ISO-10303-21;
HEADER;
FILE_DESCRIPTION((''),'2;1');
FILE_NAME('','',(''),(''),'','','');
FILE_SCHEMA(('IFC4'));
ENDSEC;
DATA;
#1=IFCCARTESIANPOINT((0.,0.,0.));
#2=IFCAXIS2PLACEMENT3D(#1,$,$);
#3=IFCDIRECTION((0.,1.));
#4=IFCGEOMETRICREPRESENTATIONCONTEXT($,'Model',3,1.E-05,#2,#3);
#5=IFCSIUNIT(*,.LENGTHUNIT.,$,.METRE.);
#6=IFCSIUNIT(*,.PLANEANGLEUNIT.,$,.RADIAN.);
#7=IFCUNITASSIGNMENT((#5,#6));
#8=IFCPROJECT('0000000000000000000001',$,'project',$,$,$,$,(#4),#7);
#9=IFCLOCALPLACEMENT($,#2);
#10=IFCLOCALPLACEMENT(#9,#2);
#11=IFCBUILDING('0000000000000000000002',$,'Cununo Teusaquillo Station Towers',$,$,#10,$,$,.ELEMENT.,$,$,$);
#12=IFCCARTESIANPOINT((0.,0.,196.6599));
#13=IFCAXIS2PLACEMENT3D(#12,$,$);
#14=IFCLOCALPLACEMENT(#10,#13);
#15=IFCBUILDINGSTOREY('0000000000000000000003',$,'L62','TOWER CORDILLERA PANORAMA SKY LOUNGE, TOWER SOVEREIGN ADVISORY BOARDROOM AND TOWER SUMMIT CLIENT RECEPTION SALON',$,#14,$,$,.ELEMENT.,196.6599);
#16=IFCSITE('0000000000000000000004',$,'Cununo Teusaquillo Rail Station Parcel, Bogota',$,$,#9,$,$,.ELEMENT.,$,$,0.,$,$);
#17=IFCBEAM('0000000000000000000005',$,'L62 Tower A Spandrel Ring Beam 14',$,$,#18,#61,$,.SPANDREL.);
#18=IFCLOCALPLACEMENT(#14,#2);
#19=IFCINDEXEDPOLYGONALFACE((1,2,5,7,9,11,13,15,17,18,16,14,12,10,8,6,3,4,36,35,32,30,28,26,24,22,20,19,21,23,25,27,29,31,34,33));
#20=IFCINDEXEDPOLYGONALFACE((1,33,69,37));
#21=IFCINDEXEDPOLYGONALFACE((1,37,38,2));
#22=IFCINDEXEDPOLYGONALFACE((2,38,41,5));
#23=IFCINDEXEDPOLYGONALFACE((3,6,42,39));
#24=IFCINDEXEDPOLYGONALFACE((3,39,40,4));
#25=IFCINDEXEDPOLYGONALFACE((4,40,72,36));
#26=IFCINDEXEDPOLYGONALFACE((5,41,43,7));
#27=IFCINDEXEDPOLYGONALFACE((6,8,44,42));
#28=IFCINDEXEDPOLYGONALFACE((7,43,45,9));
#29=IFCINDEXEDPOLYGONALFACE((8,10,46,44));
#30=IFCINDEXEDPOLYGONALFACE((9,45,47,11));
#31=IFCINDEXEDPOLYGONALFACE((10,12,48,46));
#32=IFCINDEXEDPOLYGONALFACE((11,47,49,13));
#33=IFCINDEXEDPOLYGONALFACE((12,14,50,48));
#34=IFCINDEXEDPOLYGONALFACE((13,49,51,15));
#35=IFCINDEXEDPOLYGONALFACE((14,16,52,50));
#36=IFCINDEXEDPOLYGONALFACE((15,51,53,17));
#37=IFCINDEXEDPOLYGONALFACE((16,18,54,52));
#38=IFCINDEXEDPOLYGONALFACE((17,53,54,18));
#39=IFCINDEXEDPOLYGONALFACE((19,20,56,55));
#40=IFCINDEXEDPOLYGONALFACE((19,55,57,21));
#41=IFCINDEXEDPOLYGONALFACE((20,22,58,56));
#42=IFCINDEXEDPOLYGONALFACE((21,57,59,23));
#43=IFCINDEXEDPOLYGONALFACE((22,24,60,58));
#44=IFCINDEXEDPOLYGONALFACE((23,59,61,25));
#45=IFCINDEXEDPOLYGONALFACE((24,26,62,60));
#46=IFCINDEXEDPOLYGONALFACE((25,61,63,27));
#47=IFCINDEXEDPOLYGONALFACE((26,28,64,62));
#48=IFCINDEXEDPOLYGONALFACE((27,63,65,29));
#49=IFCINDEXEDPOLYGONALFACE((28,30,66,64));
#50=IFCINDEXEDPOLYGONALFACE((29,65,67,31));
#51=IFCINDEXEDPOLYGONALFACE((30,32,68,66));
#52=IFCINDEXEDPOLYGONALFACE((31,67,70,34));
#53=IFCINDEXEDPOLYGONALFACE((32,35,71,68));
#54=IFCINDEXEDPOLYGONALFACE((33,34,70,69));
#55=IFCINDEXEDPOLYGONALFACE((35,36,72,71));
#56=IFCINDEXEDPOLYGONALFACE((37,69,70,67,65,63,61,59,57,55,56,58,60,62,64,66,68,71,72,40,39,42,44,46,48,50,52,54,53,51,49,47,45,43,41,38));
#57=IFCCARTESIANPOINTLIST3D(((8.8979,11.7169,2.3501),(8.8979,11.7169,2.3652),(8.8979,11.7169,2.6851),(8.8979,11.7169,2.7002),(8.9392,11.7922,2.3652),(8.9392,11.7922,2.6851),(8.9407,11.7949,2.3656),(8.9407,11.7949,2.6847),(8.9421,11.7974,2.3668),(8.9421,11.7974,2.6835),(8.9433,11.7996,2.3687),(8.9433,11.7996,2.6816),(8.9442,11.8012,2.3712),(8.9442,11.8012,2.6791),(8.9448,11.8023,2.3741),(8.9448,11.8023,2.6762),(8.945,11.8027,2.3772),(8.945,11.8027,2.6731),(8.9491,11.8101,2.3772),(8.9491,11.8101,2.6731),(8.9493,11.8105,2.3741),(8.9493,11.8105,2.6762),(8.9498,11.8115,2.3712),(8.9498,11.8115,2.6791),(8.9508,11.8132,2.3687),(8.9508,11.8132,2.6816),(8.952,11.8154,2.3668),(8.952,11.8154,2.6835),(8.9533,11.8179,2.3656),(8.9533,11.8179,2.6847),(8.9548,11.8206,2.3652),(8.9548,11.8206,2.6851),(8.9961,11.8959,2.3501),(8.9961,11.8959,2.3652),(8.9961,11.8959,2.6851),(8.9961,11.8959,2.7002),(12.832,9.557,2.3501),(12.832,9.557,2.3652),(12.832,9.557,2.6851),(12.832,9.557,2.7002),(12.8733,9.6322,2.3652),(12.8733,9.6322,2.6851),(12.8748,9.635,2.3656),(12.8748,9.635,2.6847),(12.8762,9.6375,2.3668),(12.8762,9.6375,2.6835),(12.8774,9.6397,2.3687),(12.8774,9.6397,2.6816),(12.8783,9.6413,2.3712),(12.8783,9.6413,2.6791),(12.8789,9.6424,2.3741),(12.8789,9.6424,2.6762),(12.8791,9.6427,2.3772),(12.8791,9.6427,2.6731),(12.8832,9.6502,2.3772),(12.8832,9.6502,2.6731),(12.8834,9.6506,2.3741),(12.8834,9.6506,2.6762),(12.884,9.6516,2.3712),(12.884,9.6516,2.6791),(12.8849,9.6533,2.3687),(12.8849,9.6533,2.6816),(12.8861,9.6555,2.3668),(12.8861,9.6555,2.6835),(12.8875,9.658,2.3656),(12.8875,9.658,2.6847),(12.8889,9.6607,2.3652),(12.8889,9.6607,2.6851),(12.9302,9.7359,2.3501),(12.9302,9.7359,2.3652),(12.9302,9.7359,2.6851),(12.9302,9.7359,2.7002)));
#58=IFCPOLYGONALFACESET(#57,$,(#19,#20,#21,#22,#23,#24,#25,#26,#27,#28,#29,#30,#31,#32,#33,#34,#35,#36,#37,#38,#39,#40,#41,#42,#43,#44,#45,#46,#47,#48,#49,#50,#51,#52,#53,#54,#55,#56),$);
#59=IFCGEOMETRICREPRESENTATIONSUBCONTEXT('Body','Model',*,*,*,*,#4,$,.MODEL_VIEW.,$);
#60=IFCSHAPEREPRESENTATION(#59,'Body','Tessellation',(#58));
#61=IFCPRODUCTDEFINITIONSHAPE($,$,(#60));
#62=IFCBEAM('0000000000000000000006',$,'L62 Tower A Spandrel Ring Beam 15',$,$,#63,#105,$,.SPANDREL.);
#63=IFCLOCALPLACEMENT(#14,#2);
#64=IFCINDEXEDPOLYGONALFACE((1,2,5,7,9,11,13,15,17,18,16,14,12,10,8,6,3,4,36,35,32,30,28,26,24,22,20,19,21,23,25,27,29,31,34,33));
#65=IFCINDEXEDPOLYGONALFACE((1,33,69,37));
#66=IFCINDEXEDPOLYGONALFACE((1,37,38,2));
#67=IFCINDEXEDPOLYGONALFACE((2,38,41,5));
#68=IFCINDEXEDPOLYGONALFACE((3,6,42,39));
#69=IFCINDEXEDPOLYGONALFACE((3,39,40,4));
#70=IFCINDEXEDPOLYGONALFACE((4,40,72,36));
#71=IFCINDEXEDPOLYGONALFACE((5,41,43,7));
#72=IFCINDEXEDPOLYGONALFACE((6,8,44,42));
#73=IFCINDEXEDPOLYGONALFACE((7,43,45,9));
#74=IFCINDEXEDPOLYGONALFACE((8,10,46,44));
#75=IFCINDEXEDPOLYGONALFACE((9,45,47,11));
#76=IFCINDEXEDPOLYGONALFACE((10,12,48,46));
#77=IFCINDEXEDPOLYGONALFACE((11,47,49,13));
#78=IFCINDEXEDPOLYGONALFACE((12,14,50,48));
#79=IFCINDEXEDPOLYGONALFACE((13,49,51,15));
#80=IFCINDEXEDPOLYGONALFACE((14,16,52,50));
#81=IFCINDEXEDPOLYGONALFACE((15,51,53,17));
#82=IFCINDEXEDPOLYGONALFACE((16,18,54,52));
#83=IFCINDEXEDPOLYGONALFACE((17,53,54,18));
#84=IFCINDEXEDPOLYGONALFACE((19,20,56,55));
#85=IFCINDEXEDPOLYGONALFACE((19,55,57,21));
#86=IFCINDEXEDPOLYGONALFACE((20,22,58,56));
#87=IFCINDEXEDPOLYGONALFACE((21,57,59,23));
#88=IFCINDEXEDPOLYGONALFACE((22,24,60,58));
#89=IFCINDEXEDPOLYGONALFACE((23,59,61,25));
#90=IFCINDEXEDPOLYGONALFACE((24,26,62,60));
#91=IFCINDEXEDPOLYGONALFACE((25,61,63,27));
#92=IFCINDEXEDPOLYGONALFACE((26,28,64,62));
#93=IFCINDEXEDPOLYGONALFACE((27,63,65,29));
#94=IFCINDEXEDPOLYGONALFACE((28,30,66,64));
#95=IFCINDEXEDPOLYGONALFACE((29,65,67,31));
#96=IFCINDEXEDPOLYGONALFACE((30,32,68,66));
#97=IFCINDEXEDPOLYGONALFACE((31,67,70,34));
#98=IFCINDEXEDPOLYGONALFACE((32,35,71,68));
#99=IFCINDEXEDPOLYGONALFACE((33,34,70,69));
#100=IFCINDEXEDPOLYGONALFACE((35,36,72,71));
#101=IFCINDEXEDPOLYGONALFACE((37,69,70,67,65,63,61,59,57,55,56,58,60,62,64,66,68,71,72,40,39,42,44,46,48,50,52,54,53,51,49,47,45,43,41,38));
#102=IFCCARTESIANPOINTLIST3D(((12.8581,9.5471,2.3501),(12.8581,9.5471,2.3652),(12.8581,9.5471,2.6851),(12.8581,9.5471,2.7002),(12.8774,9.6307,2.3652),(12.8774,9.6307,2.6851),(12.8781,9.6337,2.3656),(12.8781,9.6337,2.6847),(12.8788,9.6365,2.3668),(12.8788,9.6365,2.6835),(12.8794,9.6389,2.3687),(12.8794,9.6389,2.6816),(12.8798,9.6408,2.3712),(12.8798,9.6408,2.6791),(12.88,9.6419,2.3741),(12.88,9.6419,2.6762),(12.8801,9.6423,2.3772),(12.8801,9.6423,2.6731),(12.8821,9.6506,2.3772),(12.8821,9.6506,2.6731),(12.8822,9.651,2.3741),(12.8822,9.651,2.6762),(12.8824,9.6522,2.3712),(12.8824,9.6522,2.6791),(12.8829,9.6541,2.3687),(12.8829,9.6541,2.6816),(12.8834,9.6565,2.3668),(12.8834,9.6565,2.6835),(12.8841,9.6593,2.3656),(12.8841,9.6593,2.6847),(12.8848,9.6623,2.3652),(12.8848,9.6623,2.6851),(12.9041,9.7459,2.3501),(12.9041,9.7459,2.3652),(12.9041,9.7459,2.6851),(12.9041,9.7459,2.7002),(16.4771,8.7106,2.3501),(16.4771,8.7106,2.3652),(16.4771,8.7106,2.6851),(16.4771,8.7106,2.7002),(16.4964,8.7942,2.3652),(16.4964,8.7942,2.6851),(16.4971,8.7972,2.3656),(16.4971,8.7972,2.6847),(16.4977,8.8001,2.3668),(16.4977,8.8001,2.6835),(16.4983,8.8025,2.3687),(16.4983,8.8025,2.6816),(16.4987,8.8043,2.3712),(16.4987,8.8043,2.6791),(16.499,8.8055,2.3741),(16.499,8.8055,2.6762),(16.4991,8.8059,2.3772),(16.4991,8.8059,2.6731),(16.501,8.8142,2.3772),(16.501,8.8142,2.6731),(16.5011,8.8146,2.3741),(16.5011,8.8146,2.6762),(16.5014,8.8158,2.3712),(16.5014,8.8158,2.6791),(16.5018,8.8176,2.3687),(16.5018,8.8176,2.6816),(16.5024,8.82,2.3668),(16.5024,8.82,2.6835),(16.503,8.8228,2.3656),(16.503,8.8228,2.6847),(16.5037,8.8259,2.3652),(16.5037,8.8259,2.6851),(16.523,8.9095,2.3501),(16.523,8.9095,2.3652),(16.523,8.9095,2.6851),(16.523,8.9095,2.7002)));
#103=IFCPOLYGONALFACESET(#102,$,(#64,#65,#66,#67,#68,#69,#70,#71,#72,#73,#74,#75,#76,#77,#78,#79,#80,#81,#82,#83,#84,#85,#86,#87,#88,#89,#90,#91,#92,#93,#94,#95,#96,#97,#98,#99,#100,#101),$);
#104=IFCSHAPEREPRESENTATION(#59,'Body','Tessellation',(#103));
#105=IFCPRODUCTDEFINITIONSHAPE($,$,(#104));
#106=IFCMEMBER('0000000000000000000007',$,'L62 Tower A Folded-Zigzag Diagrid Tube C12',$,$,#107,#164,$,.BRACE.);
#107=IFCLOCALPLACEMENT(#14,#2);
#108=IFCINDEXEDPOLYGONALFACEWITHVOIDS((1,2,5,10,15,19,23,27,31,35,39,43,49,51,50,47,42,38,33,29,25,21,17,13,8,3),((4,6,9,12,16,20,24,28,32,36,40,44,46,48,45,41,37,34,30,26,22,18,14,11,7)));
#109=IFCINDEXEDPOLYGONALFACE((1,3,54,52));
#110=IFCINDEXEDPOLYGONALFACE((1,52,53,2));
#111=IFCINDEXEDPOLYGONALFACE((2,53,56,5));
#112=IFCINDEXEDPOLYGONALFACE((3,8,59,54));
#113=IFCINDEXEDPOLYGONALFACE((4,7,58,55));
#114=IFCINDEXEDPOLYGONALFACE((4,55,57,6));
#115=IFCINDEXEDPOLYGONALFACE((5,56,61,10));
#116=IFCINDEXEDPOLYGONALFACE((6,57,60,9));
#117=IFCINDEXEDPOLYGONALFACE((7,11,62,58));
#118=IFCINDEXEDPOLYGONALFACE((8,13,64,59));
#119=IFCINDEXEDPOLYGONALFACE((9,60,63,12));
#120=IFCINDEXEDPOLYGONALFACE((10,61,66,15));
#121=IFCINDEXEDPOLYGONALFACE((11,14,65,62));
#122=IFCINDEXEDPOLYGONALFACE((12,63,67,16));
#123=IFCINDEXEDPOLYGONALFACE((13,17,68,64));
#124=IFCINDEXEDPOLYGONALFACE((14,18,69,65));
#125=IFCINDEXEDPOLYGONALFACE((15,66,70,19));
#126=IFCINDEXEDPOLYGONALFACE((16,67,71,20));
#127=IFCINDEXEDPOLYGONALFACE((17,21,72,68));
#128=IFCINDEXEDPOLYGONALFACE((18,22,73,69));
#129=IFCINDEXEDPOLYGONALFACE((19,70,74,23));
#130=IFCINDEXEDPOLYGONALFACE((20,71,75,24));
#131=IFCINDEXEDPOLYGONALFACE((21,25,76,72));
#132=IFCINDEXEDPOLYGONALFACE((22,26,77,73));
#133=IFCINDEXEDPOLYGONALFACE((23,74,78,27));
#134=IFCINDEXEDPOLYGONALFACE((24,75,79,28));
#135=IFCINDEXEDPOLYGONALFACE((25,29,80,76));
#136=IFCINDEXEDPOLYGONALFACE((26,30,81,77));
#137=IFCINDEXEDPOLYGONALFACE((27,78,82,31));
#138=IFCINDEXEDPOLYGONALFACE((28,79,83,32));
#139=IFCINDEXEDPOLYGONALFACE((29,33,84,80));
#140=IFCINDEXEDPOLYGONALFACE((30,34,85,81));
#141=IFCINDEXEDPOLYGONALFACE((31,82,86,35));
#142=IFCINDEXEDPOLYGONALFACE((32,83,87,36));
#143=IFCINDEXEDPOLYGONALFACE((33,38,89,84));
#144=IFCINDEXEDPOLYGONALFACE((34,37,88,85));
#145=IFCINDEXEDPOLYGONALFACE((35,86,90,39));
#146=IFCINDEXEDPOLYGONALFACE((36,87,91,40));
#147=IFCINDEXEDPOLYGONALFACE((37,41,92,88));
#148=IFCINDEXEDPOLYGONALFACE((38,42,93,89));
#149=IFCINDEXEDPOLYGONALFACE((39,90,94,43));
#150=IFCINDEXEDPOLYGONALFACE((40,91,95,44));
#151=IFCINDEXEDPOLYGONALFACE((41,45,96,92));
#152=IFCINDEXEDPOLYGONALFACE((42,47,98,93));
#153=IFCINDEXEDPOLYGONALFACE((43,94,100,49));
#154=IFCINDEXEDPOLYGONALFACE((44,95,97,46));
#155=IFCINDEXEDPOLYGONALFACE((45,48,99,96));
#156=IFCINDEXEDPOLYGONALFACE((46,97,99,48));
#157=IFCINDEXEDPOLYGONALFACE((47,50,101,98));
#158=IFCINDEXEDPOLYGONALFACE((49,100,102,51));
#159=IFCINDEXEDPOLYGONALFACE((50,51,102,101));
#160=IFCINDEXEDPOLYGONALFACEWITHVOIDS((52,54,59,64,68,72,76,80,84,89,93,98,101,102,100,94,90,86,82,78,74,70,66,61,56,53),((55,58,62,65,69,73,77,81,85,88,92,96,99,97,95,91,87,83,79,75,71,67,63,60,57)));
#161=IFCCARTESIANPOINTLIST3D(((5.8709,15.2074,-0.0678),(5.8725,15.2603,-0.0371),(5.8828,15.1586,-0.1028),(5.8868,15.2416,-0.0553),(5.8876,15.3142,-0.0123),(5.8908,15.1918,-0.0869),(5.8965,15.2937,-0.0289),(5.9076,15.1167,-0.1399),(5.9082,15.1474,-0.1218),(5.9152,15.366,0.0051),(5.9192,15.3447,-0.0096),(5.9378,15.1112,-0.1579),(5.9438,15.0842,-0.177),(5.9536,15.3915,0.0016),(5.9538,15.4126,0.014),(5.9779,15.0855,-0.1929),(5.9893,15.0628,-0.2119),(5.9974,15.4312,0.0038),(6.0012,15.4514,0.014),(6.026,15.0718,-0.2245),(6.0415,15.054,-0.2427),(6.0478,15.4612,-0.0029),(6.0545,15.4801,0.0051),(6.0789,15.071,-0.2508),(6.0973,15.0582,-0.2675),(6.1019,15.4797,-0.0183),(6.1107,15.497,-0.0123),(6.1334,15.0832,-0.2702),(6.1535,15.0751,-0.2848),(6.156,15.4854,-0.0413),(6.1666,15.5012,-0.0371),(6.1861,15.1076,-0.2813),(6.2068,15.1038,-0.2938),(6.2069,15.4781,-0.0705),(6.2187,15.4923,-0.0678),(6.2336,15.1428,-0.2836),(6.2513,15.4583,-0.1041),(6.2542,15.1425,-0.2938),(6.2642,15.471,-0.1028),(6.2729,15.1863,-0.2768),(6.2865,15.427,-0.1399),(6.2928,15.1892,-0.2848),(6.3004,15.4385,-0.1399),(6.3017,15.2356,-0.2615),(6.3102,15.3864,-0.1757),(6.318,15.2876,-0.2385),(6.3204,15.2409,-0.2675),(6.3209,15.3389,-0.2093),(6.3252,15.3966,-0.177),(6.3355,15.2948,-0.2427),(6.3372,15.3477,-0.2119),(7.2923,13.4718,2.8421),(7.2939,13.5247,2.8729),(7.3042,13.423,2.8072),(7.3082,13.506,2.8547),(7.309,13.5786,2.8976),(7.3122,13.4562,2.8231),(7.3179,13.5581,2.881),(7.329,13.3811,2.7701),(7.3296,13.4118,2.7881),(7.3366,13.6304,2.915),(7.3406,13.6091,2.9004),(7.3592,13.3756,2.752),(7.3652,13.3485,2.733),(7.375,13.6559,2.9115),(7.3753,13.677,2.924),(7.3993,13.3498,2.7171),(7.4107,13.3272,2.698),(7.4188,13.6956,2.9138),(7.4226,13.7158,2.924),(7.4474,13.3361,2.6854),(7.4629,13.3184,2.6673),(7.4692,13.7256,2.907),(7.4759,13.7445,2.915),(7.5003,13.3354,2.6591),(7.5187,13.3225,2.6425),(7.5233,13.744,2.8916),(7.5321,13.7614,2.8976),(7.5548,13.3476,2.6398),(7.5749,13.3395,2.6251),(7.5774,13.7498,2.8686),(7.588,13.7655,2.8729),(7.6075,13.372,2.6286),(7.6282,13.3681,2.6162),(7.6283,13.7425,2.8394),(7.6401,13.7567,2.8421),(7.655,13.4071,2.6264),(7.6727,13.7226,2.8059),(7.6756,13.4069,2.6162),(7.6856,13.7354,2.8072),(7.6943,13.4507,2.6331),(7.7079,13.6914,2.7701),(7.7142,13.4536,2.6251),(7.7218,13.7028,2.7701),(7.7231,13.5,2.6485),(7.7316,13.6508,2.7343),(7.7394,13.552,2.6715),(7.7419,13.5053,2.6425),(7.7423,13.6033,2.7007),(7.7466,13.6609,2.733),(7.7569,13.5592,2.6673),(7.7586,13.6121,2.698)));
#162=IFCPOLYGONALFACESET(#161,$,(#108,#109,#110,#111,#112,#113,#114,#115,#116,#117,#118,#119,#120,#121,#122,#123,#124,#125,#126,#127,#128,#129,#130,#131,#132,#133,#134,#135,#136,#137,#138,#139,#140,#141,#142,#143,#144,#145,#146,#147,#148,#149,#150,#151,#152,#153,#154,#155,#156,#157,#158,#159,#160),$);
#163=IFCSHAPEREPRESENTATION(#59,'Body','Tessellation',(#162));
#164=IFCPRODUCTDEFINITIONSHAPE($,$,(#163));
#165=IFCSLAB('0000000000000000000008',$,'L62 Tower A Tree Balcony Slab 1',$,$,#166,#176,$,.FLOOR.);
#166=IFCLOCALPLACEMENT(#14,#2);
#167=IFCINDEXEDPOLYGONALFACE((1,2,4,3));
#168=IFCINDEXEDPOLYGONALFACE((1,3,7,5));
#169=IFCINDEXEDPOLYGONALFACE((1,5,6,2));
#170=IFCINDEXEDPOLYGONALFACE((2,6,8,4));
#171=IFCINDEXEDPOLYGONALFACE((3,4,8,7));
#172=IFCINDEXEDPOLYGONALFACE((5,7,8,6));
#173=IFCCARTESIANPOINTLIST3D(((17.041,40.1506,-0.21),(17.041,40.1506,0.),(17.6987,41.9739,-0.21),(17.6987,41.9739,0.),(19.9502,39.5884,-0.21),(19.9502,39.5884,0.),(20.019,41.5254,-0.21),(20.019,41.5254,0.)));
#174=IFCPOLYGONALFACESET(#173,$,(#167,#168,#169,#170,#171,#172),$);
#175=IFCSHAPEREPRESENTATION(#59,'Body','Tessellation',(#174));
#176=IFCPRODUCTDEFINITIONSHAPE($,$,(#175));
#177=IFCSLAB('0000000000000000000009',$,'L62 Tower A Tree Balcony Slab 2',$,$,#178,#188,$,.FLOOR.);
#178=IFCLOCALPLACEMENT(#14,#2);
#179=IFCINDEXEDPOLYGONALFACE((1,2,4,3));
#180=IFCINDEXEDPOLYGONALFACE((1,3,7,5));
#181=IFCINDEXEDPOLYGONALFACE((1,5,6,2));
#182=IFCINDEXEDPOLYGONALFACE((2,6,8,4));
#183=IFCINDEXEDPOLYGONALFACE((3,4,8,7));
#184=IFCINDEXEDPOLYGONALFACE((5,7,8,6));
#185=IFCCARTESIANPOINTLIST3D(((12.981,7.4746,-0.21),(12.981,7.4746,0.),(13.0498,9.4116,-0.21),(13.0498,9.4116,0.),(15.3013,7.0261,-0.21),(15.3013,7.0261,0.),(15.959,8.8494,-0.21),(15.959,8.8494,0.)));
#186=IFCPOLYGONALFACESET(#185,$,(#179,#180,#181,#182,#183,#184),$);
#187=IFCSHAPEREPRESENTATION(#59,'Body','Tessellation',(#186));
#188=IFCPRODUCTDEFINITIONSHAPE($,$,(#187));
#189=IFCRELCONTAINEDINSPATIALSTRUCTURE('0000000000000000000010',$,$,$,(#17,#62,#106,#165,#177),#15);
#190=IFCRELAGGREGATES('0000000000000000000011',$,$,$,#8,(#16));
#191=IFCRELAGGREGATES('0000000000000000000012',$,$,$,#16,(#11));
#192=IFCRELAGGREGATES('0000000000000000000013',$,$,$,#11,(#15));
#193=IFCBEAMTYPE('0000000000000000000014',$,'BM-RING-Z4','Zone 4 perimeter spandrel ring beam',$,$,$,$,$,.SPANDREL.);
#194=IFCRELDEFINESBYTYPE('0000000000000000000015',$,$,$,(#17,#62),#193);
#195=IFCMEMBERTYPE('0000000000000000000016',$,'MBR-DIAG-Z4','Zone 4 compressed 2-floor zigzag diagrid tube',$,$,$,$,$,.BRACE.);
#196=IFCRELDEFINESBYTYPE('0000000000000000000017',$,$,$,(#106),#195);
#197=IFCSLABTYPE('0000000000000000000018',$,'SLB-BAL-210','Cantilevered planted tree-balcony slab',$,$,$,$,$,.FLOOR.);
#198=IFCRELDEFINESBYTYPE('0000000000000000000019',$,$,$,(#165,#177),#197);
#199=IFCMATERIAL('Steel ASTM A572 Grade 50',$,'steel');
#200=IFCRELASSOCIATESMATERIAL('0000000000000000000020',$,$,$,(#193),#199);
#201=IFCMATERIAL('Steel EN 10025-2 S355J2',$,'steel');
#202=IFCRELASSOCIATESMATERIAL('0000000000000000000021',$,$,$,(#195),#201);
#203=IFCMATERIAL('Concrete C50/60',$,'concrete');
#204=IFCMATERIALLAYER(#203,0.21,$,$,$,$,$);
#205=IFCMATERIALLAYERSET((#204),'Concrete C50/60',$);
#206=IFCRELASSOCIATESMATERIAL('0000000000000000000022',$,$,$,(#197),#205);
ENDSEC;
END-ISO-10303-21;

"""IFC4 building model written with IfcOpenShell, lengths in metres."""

from ifc_helpers import new_model, si_unit, direction, frame, origin, origin_2d, place, context, subcontext, project, spatial, polyline, hollow_circle, i_section, outline, extrude, material, layer, layer_set, material_profile, profile_set, type_object, element, save


model = new_model("IFC4")

# Units and contexts
model_context = context("Model", 3, precision=1e-05, world=origin(), true_north=direction((0.0, 1.0)))
body_context = subcontext(model_context, "Body", "Model", "MODEL_VIEW")
ifc_project = project(units=[si_unit("LENGTHUNIT", "METRE"), si_unit("PLANEANGLEUNIT", "RADIAN")], contexts=[model_context])

# Site, building, storey
site_placement = place(None, origin())
site = spatial("IfcSite", under=ifc_project, at=site_placement, Name="Cununo Teusaquillo Rail Station Parcel, Bogota", CompositionType="ELEMENT", RefElevation=0.0)
building_placement = place(site_placement, origin())
building = spatial("IfcBuilding", under=site, at=building_placement, Name="Cununo Teusaquillo Station Towers", CompositionType="ELEMENT")
storey_placement = place(building_placement, frame((0.0, 0.0, 196.6599)))
storey = spatial("IfcBuildingStorey", under=building, at=storey_placement, Name="L62", Description="TOWER CORDILLERA PANORAMA SKY LOUNGE, TOWER SOVEREIGN ADVISORY BOARDROOM AND TOWER SUMMIT CLIENT RECEPTION SALON", CompositionType="ELEMENT", Elevation=196.6599)

# Beams
ifc_material_1 = material(Name="Steel ASTM A572 Grade 50", Category="steel")
ifc_material_profile_1 = material_profile(ifc_material_1, i_section(OverallWidth=0.2041, OverallDepth=0.3501, WebThickness=0.0085, FlangeThickness=0.0151, FilletRadius=0.012, at=origin_2d()), Name="W14X48")
ifc_profile_set_1 = profile_set([ifc_material_profile_1], Name="Steel ASTM A572 Grade 50")
beam_type = type_object("IfcBeamType", Name="BM-RING-Z4", Description="Zone 4 perimeter spandrel ring beam", PredefinedType="SPANDREL", material=ifc_profile_set_1)
beam_1_placement = place(storey_placement, frame((8.947, 11.8064, 2.5251), z_axis=(0.876576, -0.481263, 0.0), x_axis=(0.481263, 0.876576, 0.0)))
element("IfcBeam", 1, at=beam_1_placement, inside=storey, type_object=beam_type, Name="L62 Tower A Spandrel Ring Beam 14", PredefinedType="SPANDREL", context=body_context, shape_type="SweptSolid", body=[
    extrude(i_section(OverallWidth=0.2041, OverallDepth=0.3501, WebThickness=0.0085, FlangeThickness=0.0151, FilletRadius=0.012, at=origin_2d()), origin(), (0.0, 0.0, 1.0), 4.488),
])
beam_2_placement = place(storey_placement, frame((12.8811, 9.6465, 2.5251), z_axis=(0.974315, -0.225191, 0.0), x_axis=(0.225191, 0.974315, 0.0)))
element("IfcBeam", 2, at=beam_2_placement, inside=storey, type_object=beam_type, Name="L62 Tower A Spandrel Ring Beam 15", PredefinedType="SPANDREL", context=body_context, shape_type="SweptSolid", body=[
    extrude(i_section(OverallWidth=0.2041, OverallDepth=0.3501, WebThickness=0.0085, FlangeThickness=0.0151, FilletRadius=0.012, at=origin_2d()), origin(), (0.0, 0.0, 1.0), 3.7144),
])

# Member
ifc_material_2 = material(Name="Steel EN 10025-2 S355J2", Category="steel")
ifc_material_profile_2 = material_profile(ifc_material_2, hollow_circle(Radius=0.2539, WallThickness=0.0181, at=origin_2d()), Name="CHS 508x18")
ifc_profile_set_2 = profile_set([ifc_material_profile_2], Name="Steel EN 10025-2 S355J2")
member_type = type_object("IfcMemberType", Name="MBR-DIAG-Z4", Description="Zone 4 compressed 2-floor zigzag diagrid tube", PredefinedType="BRACE", material=ifc_profile_set_2)
member_placement = place(storey_placement, frame((6.104, 15.2776, -0.1399), z_axis=(0.386849, -0.472365, 0.791971), x_axis=(0.773661, 0.633599, 0.0)))
element("IfcMember", 3, at=member_placement, inside=storey, type_object=member_type, Name="L62 Tower A Folded-Zigzag Diagrid Tube C12", PredefinedType="BRACE", context=body_context, shape_type="SweptSolid", body=[
    extrude(hollow_circle(Radius=0.2539, WallThickness=0.0181, at=origin_2d()), origin(), (0.0, 0.0, 1.0), 3.6743),
])

# Slabs
ifc_material_3 = material(Name="Concrete C50/60", Category="concrete")
ifc_layer_1 = layer(ifc_material_3, 0.21)
ifc_layer_set_1 = layer_set([ifc_layer_1], Name="Concrete C50/60")
slab_type_1 = type_object("IfcSlabType", Name="SLB-BAL-210", Description="Cantilevered planted tree-balcony slab", PredefinedType="FLOOR", material=ifc_layer_set_1)
slab_1_placement = place(storey_placement, frame((0.0, 0.0, -0.21)))
element("IfcSlab", 4, at=slab_1_placement, inside=storey, type_object=slab_type_1, Name="L62 Tower A Tree Balcony Slab 1", PredefinedType="FLOOR", context=body_context, shape_type="SweptSolid", body=[
    extrude(outline(polyline([(19.9502, 39.5884), (17.041, 40.1506), (17.6987, 41.9739), (20.019, 41.5254), (19.9502, 39.5884)])), origin(), (0.0, 0.0, 1.0), 0.21),
])
slab_2_placement = place(storey_placement, frame((0.0, 0.0, -0.21)))
element("IfcSlab", 5, at=slab_2_placement, inside=storey, type_object=slab_type_1, Name="L62 Tower A Tree Balcony Slab 2", PredefinedType="FLOOR", context=body_context, shape_type="SweptSolid", body=[
    extrude(outline(polyline([(13.0498, 9.4116), (15.959, 8.8494), (15.3013, 7.0261), (12.981, 7.4746), (13.0498, 9.4116)])), origin(), (0.0, 0.0, 1.0), 0.21),
])

save(model, "model.ifc")
